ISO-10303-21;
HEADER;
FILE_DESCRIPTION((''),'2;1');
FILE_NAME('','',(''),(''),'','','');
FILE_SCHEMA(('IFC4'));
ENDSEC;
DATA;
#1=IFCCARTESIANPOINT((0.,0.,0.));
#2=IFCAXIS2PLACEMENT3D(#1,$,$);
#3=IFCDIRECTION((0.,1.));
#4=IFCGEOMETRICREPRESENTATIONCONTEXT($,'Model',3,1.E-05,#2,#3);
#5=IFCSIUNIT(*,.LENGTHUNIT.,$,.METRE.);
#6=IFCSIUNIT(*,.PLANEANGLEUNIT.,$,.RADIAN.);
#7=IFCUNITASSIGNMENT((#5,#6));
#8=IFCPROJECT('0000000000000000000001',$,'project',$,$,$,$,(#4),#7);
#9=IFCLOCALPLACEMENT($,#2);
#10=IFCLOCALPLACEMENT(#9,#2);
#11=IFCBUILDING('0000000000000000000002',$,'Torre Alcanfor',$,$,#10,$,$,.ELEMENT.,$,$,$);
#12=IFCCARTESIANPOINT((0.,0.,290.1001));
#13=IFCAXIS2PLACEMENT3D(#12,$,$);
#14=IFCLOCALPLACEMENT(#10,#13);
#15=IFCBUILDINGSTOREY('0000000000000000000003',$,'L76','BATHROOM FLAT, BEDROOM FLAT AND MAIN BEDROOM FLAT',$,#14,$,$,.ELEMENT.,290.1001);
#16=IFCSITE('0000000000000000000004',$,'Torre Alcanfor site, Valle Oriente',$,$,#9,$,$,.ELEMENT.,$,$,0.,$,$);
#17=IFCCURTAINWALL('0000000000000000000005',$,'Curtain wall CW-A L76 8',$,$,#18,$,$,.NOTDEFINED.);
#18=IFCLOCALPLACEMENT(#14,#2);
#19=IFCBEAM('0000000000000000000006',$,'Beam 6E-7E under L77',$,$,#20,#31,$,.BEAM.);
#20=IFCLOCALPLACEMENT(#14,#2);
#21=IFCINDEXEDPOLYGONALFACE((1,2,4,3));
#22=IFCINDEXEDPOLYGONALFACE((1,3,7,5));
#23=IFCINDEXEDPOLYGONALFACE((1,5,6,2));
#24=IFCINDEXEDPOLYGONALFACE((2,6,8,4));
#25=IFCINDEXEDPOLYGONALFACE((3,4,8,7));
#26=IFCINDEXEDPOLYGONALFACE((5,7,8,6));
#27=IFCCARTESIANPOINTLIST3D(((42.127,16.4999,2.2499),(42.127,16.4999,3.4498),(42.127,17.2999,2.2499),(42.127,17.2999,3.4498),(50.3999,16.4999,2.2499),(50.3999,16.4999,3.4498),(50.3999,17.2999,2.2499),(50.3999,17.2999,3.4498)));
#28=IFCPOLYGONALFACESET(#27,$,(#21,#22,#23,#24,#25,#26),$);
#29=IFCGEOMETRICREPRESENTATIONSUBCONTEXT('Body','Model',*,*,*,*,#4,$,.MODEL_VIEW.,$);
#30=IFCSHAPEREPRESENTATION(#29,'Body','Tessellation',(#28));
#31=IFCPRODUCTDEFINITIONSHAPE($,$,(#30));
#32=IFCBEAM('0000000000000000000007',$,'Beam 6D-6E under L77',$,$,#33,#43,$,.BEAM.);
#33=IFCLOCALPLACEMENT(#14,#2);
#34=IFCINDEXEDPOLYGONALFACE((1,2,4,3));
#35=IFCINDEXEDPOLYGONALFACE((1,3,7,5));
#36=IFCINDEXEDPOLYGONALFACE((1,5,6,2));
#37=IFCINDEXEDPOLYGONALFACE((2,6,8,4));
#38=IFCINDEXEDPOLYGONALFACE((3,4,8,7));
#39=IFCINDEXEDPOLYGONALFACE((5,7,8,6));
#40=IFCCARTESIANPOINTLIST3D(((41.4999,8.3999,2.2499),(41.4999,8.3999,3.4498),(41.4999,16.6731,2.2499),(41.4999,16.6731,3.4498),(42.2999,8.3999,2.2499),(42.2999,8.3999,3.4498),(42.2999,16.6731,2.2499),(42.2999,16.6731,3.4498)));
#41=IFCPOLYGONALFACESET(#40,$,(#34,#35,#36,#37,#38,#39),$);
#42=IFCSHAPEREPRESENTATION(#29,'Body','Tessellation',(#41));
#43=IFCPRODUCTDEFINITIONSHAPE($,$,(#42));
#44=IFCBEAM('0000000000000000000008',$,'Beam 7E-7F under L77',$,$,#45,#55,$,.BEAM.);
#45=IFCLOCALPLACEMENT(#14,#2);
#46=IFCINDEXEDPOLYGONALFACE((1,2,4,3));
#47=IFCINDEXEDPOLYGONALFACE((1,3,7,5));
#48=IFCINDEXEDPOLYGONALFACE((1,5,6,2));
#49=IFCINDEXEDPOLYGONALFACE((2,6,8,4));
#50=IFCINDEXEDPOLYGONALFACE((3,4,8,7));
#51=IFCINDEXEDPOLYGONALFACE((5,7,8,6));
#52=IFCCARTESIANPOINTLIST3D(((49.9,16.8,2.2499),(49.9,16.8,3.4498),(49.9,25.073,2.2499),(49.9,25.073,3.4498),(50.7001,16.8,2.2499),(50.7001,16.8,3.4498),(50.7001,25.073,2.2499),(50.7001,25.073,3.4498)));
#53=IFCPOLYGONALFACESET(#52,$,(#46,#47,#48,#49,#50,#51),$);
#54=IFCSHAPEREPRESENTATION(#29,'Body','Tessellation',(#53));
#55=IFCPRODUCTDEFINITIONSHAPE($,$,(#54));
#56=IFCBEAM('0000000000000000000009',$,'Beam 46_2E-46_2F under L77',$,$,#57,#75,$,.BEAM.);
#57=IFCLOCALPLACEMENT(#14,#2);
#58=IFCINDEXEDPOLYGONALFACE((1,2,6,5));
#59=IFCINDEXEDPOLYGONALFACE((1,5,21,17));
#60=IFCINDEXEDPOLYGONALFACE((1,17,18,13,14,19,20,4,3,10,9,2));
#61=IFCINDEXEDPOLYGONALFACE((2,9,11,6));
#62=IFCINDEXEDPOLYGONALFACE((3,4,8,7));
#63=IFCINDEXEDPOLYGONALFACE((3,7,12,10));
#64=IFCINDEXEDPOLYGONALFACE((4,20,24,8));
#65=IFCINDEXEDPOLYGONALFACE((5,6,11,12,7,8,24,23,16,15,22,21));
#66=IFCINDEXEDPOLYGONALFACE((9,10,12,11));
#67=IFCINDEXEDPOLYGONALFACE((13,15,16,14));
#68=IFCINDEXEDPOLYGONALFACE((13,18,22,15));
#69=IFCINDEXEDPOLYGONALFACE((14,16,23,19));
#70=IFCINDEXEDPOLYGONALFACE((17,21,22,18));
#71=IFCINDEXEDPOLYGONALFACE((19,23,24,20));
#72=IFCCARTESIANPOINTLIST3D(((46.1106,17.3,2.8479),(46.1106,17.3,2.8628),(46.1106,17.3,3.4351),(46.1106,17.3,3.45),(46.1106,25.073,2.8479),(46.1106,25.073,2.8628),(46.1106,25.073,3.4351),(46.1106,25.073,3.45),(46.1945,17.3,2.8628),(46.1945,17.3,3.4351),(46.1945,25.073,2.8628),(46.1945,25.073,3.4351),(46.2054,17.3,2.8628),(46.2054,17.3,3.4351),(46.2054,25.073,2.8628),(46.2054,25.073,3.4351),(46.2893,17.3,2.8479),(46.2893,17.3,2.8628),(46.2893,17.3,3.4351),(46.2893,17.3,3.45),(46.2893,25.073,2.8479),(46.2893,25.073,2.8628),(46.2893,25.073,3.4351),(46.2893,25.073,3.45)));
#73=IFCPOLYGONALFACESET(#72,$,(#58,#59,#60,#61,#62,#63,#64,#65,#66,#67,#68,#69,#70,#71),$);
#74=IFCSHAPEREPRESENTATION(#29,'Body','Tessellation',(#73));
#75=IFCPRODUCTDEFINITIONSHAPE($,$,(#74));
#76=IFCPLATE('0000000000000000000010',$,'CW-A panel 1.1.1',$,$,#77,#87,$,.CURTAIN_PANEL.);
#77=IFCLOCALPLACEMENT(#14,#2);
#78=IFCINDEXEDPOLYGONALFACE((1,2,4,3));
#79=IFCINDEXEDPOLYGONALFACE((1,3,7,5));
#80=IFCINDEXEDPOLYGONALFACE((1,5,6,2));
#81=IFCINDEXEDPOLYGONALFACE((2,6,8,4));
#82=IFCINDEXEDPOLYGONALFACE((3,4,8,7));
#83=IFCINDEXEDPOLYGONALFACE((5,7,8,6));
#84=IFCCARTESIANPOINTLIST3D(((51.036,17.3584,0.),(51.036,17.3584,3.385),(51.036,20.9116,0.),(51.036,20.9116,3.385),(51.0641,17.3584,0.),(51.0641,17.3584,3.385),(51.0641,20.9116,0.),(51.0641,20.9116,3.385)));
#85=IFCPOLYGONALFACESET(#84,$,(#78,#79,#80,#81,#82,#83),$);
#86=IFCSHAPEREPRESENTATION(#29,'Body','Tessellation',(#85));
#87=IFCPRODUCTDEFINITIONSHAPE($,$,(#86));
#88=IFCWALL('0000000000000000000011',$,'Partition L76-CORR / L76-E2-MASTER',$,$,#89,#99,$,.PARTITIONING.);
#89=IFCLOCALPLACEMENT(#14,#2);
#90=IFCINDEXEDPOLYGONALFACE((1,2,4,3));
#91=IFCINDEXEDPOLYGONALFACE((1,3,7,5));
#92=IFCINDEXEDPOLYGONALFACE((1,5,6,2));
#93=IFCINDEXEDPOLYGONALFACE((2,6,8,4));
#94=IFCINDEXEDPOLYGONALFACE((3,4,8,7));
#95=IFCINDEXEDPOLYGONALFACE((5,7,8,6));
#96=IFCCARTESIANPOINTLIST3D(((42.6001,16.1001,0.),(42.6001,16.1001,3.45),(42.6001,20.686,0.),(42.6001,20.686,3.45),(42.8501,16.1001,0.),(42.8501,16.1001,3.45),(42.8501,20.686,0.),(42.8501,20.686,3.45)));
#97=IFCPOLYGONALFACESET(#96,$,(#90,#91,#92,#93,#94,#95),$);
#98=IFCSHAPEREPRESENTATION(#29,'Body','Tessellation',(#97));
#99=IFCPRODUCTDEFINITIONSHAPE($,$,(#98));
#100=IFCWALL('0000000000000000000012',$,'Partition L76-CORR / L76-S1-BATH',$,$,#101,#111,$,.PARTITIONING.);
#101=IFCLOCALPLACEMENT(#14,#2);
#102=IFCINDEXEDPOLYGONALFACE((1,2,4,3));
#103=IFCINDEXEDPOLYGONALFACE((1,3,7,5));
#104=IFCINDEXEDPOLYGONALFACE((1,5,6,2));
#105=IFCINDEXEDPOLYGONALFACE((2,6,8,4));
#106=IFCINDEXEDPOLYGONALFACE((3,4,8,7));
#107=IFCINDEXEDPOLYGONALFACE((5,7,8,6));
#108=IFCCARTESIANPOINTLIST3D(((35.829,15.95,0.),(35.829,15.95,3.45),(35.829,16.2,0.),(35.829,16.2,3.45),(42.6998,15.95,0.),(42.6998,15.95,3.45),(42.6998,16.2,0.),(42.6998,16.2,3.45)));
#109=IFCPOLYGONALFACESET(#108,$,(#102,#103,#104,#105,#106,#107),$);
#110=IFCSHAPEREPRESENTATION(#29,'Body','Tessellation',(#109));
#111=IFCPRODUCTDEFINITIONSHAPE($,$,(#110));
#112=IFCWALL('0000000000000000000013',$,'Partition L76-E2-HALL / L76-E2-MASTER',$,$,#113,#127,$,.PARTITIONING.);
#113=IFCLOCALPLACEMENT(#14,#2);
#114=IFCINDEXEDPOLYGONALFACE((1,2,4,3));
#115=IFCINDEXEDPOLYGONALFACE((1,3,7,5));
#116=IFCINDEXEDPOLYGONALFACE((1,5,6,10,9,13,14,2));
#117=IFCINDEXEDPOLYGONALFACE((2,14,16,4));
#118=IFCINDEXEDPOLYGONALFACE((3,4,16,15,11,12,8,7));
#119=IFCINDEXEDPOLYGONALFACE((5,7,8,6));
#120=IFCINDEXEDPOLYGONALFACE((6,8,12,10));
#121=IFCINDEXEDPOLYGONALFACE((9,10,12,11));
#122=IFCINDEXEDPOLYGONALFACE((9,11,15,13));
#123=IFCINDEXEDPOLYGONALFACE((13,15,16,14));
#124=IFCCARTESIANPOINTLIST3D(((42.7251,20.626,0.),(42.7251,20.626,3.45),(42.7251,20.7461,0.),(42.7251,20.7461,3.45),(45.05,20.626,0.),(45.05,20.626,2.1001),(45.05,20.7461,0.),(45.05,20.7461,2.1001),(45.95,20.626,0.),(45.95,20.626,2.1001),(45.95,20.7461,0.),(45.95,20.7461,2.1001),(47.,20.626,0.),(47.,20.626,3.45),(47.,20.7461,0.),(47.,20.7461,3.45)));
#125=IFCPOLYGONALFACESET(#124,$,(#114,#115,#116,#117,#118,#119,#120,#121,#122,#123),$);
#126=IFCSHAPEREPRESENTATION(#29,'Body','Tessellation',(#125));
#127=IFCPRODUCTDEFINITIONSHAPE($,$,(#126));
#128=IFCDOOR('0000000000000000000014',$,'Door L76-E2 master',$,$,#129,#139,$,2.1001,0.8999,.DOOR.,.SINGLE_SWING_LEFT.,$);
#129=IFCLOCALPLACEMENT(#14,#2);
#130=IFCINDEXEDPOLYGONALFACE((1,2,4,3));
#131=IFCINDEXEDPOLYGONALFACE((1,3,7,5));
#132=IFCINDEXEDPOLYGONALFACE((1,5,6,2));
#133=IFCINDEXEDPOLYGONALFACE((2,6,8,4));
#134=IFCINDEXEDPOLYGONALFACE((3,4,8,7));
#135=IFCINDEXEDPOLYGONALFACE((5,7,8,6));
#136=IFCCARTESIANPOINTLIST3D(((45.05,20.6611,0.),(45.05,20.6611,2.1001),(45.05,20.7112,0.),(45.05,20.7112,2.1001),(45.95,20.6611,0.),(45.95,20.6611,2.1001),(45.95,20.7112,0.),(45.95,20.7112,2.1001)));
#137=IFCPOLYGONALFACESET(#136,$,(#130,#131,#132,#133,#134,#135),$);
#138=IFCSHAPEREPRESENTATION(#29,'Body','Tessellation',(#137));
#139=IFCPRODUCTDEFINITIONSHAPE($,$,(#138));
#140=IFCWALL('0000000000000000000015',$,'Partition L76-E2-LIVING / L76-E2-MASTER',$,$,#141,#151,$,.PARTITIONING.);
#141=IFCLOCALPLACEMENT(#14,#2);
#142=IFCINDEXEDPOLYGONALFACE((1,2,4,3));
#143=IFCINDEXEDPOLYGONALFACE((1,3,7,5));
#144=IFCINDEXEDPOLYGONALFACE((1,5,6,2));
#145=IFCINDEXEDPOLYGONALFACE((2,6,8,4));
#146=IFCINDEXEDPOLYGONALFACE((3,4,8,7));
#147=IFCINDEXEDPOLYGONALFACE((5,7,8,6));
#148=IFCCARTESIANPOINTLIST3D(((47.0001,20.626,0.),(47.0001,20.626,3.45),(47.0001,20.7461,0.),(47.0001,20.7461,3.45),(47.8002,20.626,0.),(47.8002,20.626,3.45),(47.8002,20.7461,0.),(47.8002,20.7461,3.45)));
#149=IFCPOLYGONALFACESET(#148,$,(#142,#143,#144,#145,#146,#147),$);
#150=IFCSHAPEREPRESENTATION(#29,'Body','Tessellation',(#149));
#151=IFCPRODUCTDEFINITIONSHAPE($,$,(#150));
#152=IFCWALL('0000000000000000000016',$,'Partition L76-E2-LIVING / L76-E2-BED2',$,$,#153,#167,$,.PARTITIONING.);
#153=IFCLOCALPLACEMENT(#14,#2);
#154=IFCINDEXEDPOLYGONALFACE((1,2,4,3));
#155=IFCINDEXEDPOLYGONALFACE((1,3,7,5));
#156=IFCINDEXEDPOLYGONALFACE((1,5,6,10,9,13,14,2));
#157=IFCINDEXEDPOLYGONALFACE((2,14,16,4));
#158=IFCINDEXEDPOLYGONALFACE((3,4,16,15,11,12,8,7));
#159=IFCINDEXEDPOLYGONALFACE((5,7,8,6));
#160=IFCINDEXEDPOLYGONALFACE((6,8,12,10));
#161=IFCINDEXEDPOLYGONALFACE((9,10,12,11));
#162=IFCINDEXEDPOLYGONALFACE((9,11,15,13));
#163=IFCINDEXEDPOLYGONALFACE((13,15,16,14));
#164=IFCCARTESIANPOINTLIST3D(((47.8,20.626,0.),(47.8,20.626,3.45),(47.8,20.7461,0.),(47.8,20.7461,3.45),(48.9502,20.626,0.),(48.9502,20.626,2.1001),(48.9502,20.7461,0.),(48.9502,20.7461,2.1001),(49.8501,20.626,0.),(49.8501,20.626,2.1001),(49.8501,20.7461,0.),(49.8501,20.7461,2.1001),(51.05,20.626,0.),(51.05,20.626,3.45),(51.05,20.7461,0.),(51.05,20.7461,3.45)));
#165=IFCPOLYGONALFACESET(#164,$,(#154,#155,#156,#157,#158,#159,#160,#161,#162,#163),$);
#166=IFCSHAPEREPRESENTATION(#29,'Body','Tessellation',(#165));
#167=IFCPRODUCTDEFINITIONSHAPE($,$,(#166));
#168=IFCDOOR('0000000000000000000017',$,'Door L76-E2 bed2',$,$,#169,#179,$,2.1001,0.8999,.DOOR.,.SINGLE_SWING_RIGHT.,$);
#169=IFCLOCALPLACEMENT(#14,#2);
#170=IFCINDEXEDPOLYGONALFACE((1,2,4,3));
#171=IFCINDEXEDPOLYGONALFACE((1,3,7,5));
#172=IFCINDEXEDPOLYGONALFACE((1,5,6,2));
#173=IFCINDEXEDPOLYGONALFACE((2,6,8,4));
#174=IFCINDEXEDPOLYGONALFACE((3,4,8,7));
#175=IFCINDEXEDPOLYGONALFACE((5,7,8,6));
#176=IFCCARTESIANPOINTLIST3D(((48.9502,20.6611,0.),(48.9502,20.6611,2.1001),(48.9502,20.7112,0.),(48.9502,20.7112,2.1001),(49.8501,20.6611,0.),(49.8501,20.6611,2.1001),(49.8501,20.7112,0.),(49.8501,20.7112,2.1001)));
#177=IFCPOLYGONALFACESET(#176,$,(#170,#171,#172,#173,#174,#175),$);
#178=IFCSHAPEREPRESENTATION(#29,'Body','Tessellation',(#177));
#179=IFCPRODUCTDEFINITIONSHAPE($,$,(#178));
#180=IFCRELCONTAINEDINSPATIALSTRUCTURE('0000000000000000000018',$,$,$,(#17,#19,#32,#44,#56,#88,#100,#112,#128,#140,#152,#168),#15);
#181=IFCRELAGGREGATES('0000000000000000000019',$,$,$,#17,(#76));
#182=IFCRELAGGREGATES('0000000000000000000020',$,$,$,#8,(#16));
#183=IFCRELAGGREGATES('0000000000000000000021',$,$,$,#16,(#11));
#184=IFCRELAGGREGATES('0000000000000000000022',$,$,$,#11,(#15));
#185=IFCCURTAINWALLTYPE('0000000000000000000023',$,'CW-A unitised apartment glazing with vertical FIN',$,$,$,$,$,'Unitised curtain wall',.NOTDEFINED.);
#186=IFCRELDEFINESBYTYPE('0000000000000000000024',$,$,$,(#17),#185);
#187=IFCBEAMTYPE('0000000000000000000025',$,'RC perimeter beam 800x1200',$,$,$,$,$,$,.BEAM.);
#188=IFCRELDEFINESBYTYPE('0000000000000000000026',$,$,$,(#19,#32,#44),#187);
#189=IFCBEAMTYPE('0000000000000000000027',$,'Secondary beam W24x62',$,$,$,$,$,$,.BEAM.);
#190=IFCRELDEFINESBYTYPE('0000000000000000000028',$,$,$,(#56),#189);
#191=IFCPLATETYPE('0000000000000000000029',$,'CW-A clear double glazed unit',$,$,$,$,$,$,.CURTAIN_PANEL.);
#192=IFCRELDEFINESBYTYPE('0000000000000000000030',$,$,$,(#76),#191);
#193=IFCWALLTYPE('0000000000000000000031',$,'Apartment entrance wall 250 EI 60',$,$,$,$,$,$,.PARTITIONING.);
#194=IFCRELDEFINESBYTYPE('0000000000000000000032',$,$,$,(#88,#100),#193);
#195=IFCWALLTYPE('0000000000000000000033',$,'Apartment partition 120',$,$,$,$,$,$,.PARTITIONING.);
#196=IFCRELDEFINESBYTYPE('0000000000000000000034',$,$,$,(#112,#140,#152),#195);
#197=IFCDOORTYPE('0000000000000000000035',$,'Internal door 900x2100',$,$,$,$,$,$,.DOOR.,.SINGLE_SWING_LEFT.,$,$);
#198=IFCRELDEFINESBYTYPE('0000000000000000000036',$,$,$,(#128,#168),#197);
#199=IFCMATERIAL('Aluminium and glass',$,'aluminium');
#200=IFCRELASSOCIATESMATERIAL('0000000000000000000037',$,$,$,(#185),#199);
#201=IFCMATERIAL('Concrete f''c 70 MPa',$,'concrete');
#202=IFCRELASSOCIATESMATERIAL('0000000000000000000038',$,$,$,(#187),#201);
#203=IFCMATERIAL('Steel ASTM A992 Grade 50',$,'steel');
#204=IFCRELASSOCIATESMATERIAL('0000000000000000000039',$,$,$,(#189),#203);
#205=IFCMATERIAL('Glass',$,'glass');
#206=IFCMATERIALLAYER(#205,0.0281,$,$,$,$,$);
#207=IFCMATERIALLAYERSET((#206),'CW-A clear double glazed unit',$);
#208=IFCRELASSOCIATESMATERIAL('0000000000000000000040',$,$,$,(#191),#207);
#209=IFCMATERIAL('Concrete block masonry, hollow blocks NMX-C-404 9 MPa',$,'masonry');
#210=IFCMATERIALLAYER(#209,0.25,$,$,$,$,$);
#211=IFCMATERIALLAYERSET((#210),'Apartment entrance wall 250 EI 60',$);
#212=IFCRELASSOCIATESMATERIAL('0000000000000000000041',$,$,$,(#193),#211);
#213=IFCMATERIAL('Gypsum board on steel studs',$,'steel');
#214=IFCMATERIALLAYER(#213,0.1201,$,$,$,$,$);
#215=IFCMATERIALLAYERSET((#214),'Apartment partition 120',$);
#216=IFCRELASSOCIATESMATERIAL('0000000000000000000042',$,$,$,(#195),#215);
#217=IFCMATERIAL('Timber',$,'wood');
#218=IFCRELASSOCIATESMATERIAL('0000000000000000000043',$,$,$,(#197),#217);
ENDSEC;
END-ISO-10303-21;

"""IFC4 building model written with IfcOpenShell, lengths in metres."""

from ifc_helpers import new_model, si_unit, direction, frame, frame_2d, origin, origin_2d, place, context, subcontext, project, spatial, rectangle, i_section, extrude, material, layer, layer_set, material_profile, profile_set, type_object, element, fill, aggregate, save


model = new_model("IFC4")

# Units and contexts
model_context = context("Model", 3, precision=1e-05, world=origin(), true_north=direction((0.0, 1.0)))
body_context = subcontext(model_context, "Body", "Model", "MODEL_VIEW")
ifc_project = project(units=[si_unit("LENGTHUNIT", "METRE"), si_unit("PLANEANGLEUNIT", "RADIAN")], contexts=[model_context])

# Site, building, storey
site_placement = place(None, origin())
site = spatial("IfcSite", under=ifc_project, at=site_placement, Name="Torre Alcanfor site, Valle Oriente", CompositionType="ELEMENT", RefElevation=0.0)
building_placement = place(site_placement, origin())
building = spatial("IfcBuilding", under=site, at=building_placement, Name="Torre Alcanfor", CompositionType="ELEMENT")
storey_placement = place(building_placement, frame((0.0, 0.0, 290.1001)))
storey = spatial("IfcBuildingStorey", under=building, at=storey_placement, Name="L76", Description="BATHROOM FLAT, BEDROOM FLAT AND MAIN BEDROOM FLAT", CompositionType="ELEMENT", Elevation=290.1001)

# Shared definitions
ifc_material_1 = material(Name="Aluminium and glass", Category="aluminium")
curtain_wall_type = type_object("IfcCurtainWallType", Name="CW-A unitised apartment glazing with vertical FIN", ElementType="Unitised curtain wall", PredefinedType="NOTDEFINED", material=ifc_material_1)

# Curtain wall
curtain_wall_1_placement = place(storey_placement, origin())
curtain_wall_1 = element("IfcCurtainWall", 1, at=curtain_wall_1_placement, inside=storey, type_object=curtain_wall_type, Name="Curtain wall CW-A L76 8", PredefinedType="NOTDEFINED")

# Beams
ifc_material_2 = material(Name="Concrete f'c 70 MPa", Category="concrete")
ifc_material_profile_1 = material_profile(ifc_material_2, rectangle(XDim=0.8, YDim=1.2, at=origin_2d()), Name="800x1200")
ifc_profile_set_1 = profile_set([ifc_material_profile_1], Name="Concrete f'c 70 MPa")
beam_type_1 = type_object("IfcBeamType", Name="RC perimeter beam 800x1200", PredefinedType="BEAM", material=ifc_profile_set_1)
beam_1_placement = place(storey_placement, frame((42.127, 16.8999, 2.8499), z_axis=(1.0, 0.0, 0.0), x_axis=(0.0, 1.0, 0.0)))
element("IfcBeam", 2, at=beam_1_placement, inside=storey, type_object=beam_type_1, Name="Beam 6E-7E under L77", PredefinedType="BEAM", context=body_context, shape_type="SweptSolid", body=[
    extrude(rectangle(XDim=0.8, YDim=1.2, at=origin_2d()), origin(), (0.0, 0.0, 1.0), 8.2729),
])
beam_2_placement = place(storey_placement, frame((41.8999, 8.3999, 2.8499), z_axis=(0.0, 1.0, 0.0), x_axis=(-1.0, 0.0, 0.0)))
element("IfcBeam", 3, at=beam_2_placement, inside=storey, type_object=beam_type_1, Name="Beam 6D-6E under L77", PredefinedType="BEAM", context=body_context, shape_type="SweptSolid", body=[
    extrude(rectangle(XDim=0.8, YDim=1.2, at=origin_2d()), origin(), (0.0, 0.0, 1.0), 8.2732),
])
beam_3_placement = place(storey_placement, frame((50.3, 16.8, 2.8499), z_axis=(0.0, 1.0, 0.0), x_axis=(-1.0, 0.0, 0.0)))
element("IfcBeam", 4, at=beam_3_placement, inside=storey, type_object=beam_type_1, Name="Beam 7E-7F under L77", PredefinedType="BEAM", context=body_context, shape_type="SweptSolid", body=[
    extrude(rectangle(XDim=0.8, YDim=1.2, at=origin_2d()), origin(), (0.0, 0.0, 1.0), 8.2729),
])
ifc_material_3 = material(Name="Steel ASTM A992 Grade 50", Category="steel")
ifc_material_profile_2 = material_profile(ifc_material_3, i_section(OverallWidth=0.1787, OverallDepth=0.6021, WebThickness=0.011, FlangeThickness=0.0149, at=origin_2d()), Name="W24x62")
ifc_profile_set_2 = profile_set([ifc_material_profile_2], Name="Steel ASTM A992 Grade 50")
beam_type_2 = type_object("IfcBeamType", Name="Secondary beam W24x62", PredefinedType="BEAM", material=ifc_profile_set_2)
beam_4_placement = place(storey_placement, frame((46.2, 17.3, 3.1489), z_axis=(0.0, 1.0, 0.0), x_axis=(-1.0, 0.0, 0.0)))
element("IfcBeam", 5, at=beam_4_placement, inside=storey, type_object=beam_type_2, Name="Beam 46_2E-46_2F under L77", PredefinedType="BEAM", context=body_context, shape_type="SweptSolid", body=[
    extrude(i_section(OverallWidth=0.1787, OverallDepth=0.6021, WebThickness=0.011, FlangeThickness=0.0149, at=origin_2d()), origin(), (0.0, 0.0, 1.0), 7.7729),
])

# Plate
ifc_material_4 = material(Name="Glass", Category="glass")
ifc_layer_1 = layer(ifc_material_4, 0.0281)
ifc_layer_set_1 = layer_set([ifc_layer_1], Name="CW-A clear double glazed unit")
plate_type = type_object("IfcPlateType", Name="CW-A clear double glazed unit", PredefinedType="CURTAIN_PANEL", material=ifc_layer_set_1)
plate_placement = place(storey_placement, frame((51.05, 19.135, 0.0), z_axis=(0.0, 0.0, 1.0), x_axis=(0.0, 1.0, 0.0)))
plate = element("IfcPlate", 6, at=plate_placement, type_object=plate_type, Name="CW-A panel 1.1.1", PredefinedType="CURTAIN_PANEL", context=body_context, shape_type="SweptSolid", body=[
    extrude(rectangle(XDim=3.5532, YDim=0.0281, at=origin_2d()), origin(), (0.0, 0.0, 1.0), 3.385),
])
aggregate(curtain_wall_1, [plate])

# Walls
ifc_material_5 = material(Name="Concrete block masonry, hollow blocks NMX-C-404 9 MPa", Category="masonry")
ifc_layer_2 = layer(ifc_material_5, 0.25)
ifc_layer_set_2 = layer_set([ifc_layer_2], Name="Apartment entrance wall 250 EI 60")
wall_type_1 = type_object("IfcWallType", Name="Apartment entrance wall 250 EI 60", PredefinedType="PARTITIONING", material=ifc_layer_set_2)
wall_1_placement = place(storey_placement, frame((42.7251, 20.686, 0.0), z_axis=(0.0, 0.0, 1.0), x_axis=(0.0, -1.0, 0.0)))
element("IfcWall", 7, at=wall_1_placement, inside=storey, type_object=wall_type_1, Name="Partition L76-CORR / L76-E2-MASTER", PredefinedType="PARTITIONING", context=body_context, shape_type="SweptSolid", body=[
    extrude(rectangle(XDim=4.5859, YDim=0.25, at=frame_2d((2.293, 0.0))), origin(), (0.0, 0.0, 1.0), 3.45),
])
wall_2_placement = place(storey_placement, frame((42.7, 16.075, 0.0), z_axis=(0.0, 0.0, 1.0), x_axis=(-1.0, 0.0, 0.0)))
element("IfcWall", 8, at=wall_2_placement, inside=storey, type_object=wall_type_1, Name="Partition L76-CORR / L76-S1-BATH", PredefinedType="PARTITIONING", context=body_context, shape_type="SweptSolid", body=[
    extrude(rectangle(XDim=6.8708, YDim=0.25, at=frame_2d((3.4355, 0.0))), origin(), (0.0, 0.0, 1.0), 3.45),
])

# Wall, opening, door
ifc_material_6 = material(Name="Gypsum board on steel studs", Category="steel")
ifc_layer_3 = layer(ifc_material_6, 0.1201)
ifc_layer_set_3 = layer_set([ifc_layer_3], Name="Apartment partition 120")
wall_type_2 = type_object("IfcWallType", Name="Apartment partition 120", PredefinedType="PARTITIONING", material=ifc_layer_set_3)
wall_3_placement = place(storey_placement, frame((47.0, 20.686, 0.0), z_axis=(0.0, 0.0, 1.0), x_axis=(-1.0, 0.0, 0.0)))
wall_3 = element("IfcWall", 9, at=wall_3_placement, inside=storey, type_object=wall_type_2, Name="Partition L76-E2-HALL / L76-E2-MASTER", PredefinedType="PARTITIONING", context=body_context, shape_type="SweptSolid", body=[
    extrude(rectangle(XDim=4.2749, YDim=0.1201, at=frame_2d((2.1375, 0.0))), origin(), (0.0, 0.0, 1.0), 3.45),
])
opening_1_placement = place(wall_3_placement, frame((1.05, 0.0, 0.0)))
opening_1 = element("IfcOpeningElement", 10, at=opening_1_placement, cuts=wall_3, PredefinedType="OPENING", context=body_context, shape_type="SweptSolid", body=[
    extrude(rectangle(XDim=0.8999, YDim=2.1001, at=frame_2d((0.45, 1.05))), frame((0.0, 0.0701, 0.0), z_axis=(0.0, -1.0, 0.0), x_axis=(1.0, 0.0, 0.0)), (0.0, 0.0, 1.0), 0.1401),
])
ifc_material_7 = material(Name="Timber", Category="wood")
door_type = type_object("IfcDoorType", Name="Internal door 900x2100", OperationType="SINGLE_SWING_LEFT", PredefinedType="DOOR", material=ifc_material_7)
door_1_placement = place(opening_1_placement, origin())
door_1 = element("IfcDoor", 11, at=door_1_placement, inside=storey, type_object=door_type, Name="Door L76-E2 master", OperationType="SINGLE_SWING_LEFT", OverallHeight=2.1001, OverallWidth=0.8999, PredefinedType="DOOR", context=body_context, shape_type="SweptSolid", body=[
    extrude(rectangle(XDim=0.8999, YDim=2.1001, at=frame_2d((0.45, 1.05))), frame((0.0, 0.0249, 0.0), z_axis=(0.0, -1.0, 0.0), x_axis=(1.0, 0.0, 0.0)), (0.0, 0.0, 1.0), 0.05),
])
fill(opening_1, door_1)

# Wall
wall_4_placement = place(storey_placement, frame((47.8, 20.686, 0.0), z_axis=(0.0, 0.0, 1.0), x_axis=(-1.0, 0.0, 0.0)))
element("IfcWall", 12, at=wall_4_placement, inside=storey, type_object=wall_type_2, Name="Partition L76-E2-LIVING / L76-E2-MASTER", PredefinedType="PARTITIONING", context=body_context, shape_type="SweptSolid", body=[
    extrude(rectangle(XDim=0.8, YDim=0.1201, at=frame_2d((0.3999, 0.0))), origin(), (0.0, 0.0, 1.0), 3.45),
])

# Wall, opening, door
wall_5_placement = place(storey_placement, frame((51.05, 20.686, 0.0), z_axis=(0.0, 0.0, 1.0), x_axis=(-1.0, 0.0, 0.0)))
wall_5 = element("IfcWall", 13, at=wall_5_placement, inside=storey, type_object=wall_type_2, Name="Partition L76-E2-LIVING / L76-E2-BED2", PredefinedType="PARTITIONING", context=body_context, shape_type="SweptSolid", body=[
    extrude(rectangle(XDim=3.25, YDim=0.1201, at=frame_2d((1.625, 0.0))), origin(), (0.0, 0.0, 1.0), 3.45),
])
opening_2_placement = place(wall_5_placement, frame((1.2, 0.0, 0.0)))
opening_2 = element("IfcOpeningElement", 14, at=opening_2_placement, cuts=wall_5, PredefinedType="OPENING", context=body_context, shape_type="SweptSolid", body=[
    extrude(rectangle(XDim=0.8999, YDim=2.1001, at=frame_2d((0.45, 1.05))), frame((0.0, 0.0701, 0.0), z_axis=(0.0, -1.0, 0.0), x_axis=(1.0, 0.0, 0.0)), (0.0, 0.0, 1.0), 0.1401),
])
door_2_placement = place(opening_2_placement, origin())
door_2 = element("IfcDoor", 15, at=door_2_placement, inside=storey, type_object=door_type, Name="Door L76-E2 bed2", OperationType="SINGLE_SWING_RIGHT", OverallHeight=2.1001, OverallWidth=0.8999, PredefinedType="DOOR", context=body_context, shape_type="SweptSolid", body=[
    extrude(rectangle(XDim=0.8999, YDim=2.1001, at=frame_2d((0.45, 1.05))), frame((0.0, 0.0249, 0.0), z_axis=(0.0, -1.0, 0.0), x_axis=(1.0, 0.0, 0.0)), (0.0, 0.0, 1.0), 0.05),
])
fill(opening_2, door_2)

save(model, "model.ifc")
